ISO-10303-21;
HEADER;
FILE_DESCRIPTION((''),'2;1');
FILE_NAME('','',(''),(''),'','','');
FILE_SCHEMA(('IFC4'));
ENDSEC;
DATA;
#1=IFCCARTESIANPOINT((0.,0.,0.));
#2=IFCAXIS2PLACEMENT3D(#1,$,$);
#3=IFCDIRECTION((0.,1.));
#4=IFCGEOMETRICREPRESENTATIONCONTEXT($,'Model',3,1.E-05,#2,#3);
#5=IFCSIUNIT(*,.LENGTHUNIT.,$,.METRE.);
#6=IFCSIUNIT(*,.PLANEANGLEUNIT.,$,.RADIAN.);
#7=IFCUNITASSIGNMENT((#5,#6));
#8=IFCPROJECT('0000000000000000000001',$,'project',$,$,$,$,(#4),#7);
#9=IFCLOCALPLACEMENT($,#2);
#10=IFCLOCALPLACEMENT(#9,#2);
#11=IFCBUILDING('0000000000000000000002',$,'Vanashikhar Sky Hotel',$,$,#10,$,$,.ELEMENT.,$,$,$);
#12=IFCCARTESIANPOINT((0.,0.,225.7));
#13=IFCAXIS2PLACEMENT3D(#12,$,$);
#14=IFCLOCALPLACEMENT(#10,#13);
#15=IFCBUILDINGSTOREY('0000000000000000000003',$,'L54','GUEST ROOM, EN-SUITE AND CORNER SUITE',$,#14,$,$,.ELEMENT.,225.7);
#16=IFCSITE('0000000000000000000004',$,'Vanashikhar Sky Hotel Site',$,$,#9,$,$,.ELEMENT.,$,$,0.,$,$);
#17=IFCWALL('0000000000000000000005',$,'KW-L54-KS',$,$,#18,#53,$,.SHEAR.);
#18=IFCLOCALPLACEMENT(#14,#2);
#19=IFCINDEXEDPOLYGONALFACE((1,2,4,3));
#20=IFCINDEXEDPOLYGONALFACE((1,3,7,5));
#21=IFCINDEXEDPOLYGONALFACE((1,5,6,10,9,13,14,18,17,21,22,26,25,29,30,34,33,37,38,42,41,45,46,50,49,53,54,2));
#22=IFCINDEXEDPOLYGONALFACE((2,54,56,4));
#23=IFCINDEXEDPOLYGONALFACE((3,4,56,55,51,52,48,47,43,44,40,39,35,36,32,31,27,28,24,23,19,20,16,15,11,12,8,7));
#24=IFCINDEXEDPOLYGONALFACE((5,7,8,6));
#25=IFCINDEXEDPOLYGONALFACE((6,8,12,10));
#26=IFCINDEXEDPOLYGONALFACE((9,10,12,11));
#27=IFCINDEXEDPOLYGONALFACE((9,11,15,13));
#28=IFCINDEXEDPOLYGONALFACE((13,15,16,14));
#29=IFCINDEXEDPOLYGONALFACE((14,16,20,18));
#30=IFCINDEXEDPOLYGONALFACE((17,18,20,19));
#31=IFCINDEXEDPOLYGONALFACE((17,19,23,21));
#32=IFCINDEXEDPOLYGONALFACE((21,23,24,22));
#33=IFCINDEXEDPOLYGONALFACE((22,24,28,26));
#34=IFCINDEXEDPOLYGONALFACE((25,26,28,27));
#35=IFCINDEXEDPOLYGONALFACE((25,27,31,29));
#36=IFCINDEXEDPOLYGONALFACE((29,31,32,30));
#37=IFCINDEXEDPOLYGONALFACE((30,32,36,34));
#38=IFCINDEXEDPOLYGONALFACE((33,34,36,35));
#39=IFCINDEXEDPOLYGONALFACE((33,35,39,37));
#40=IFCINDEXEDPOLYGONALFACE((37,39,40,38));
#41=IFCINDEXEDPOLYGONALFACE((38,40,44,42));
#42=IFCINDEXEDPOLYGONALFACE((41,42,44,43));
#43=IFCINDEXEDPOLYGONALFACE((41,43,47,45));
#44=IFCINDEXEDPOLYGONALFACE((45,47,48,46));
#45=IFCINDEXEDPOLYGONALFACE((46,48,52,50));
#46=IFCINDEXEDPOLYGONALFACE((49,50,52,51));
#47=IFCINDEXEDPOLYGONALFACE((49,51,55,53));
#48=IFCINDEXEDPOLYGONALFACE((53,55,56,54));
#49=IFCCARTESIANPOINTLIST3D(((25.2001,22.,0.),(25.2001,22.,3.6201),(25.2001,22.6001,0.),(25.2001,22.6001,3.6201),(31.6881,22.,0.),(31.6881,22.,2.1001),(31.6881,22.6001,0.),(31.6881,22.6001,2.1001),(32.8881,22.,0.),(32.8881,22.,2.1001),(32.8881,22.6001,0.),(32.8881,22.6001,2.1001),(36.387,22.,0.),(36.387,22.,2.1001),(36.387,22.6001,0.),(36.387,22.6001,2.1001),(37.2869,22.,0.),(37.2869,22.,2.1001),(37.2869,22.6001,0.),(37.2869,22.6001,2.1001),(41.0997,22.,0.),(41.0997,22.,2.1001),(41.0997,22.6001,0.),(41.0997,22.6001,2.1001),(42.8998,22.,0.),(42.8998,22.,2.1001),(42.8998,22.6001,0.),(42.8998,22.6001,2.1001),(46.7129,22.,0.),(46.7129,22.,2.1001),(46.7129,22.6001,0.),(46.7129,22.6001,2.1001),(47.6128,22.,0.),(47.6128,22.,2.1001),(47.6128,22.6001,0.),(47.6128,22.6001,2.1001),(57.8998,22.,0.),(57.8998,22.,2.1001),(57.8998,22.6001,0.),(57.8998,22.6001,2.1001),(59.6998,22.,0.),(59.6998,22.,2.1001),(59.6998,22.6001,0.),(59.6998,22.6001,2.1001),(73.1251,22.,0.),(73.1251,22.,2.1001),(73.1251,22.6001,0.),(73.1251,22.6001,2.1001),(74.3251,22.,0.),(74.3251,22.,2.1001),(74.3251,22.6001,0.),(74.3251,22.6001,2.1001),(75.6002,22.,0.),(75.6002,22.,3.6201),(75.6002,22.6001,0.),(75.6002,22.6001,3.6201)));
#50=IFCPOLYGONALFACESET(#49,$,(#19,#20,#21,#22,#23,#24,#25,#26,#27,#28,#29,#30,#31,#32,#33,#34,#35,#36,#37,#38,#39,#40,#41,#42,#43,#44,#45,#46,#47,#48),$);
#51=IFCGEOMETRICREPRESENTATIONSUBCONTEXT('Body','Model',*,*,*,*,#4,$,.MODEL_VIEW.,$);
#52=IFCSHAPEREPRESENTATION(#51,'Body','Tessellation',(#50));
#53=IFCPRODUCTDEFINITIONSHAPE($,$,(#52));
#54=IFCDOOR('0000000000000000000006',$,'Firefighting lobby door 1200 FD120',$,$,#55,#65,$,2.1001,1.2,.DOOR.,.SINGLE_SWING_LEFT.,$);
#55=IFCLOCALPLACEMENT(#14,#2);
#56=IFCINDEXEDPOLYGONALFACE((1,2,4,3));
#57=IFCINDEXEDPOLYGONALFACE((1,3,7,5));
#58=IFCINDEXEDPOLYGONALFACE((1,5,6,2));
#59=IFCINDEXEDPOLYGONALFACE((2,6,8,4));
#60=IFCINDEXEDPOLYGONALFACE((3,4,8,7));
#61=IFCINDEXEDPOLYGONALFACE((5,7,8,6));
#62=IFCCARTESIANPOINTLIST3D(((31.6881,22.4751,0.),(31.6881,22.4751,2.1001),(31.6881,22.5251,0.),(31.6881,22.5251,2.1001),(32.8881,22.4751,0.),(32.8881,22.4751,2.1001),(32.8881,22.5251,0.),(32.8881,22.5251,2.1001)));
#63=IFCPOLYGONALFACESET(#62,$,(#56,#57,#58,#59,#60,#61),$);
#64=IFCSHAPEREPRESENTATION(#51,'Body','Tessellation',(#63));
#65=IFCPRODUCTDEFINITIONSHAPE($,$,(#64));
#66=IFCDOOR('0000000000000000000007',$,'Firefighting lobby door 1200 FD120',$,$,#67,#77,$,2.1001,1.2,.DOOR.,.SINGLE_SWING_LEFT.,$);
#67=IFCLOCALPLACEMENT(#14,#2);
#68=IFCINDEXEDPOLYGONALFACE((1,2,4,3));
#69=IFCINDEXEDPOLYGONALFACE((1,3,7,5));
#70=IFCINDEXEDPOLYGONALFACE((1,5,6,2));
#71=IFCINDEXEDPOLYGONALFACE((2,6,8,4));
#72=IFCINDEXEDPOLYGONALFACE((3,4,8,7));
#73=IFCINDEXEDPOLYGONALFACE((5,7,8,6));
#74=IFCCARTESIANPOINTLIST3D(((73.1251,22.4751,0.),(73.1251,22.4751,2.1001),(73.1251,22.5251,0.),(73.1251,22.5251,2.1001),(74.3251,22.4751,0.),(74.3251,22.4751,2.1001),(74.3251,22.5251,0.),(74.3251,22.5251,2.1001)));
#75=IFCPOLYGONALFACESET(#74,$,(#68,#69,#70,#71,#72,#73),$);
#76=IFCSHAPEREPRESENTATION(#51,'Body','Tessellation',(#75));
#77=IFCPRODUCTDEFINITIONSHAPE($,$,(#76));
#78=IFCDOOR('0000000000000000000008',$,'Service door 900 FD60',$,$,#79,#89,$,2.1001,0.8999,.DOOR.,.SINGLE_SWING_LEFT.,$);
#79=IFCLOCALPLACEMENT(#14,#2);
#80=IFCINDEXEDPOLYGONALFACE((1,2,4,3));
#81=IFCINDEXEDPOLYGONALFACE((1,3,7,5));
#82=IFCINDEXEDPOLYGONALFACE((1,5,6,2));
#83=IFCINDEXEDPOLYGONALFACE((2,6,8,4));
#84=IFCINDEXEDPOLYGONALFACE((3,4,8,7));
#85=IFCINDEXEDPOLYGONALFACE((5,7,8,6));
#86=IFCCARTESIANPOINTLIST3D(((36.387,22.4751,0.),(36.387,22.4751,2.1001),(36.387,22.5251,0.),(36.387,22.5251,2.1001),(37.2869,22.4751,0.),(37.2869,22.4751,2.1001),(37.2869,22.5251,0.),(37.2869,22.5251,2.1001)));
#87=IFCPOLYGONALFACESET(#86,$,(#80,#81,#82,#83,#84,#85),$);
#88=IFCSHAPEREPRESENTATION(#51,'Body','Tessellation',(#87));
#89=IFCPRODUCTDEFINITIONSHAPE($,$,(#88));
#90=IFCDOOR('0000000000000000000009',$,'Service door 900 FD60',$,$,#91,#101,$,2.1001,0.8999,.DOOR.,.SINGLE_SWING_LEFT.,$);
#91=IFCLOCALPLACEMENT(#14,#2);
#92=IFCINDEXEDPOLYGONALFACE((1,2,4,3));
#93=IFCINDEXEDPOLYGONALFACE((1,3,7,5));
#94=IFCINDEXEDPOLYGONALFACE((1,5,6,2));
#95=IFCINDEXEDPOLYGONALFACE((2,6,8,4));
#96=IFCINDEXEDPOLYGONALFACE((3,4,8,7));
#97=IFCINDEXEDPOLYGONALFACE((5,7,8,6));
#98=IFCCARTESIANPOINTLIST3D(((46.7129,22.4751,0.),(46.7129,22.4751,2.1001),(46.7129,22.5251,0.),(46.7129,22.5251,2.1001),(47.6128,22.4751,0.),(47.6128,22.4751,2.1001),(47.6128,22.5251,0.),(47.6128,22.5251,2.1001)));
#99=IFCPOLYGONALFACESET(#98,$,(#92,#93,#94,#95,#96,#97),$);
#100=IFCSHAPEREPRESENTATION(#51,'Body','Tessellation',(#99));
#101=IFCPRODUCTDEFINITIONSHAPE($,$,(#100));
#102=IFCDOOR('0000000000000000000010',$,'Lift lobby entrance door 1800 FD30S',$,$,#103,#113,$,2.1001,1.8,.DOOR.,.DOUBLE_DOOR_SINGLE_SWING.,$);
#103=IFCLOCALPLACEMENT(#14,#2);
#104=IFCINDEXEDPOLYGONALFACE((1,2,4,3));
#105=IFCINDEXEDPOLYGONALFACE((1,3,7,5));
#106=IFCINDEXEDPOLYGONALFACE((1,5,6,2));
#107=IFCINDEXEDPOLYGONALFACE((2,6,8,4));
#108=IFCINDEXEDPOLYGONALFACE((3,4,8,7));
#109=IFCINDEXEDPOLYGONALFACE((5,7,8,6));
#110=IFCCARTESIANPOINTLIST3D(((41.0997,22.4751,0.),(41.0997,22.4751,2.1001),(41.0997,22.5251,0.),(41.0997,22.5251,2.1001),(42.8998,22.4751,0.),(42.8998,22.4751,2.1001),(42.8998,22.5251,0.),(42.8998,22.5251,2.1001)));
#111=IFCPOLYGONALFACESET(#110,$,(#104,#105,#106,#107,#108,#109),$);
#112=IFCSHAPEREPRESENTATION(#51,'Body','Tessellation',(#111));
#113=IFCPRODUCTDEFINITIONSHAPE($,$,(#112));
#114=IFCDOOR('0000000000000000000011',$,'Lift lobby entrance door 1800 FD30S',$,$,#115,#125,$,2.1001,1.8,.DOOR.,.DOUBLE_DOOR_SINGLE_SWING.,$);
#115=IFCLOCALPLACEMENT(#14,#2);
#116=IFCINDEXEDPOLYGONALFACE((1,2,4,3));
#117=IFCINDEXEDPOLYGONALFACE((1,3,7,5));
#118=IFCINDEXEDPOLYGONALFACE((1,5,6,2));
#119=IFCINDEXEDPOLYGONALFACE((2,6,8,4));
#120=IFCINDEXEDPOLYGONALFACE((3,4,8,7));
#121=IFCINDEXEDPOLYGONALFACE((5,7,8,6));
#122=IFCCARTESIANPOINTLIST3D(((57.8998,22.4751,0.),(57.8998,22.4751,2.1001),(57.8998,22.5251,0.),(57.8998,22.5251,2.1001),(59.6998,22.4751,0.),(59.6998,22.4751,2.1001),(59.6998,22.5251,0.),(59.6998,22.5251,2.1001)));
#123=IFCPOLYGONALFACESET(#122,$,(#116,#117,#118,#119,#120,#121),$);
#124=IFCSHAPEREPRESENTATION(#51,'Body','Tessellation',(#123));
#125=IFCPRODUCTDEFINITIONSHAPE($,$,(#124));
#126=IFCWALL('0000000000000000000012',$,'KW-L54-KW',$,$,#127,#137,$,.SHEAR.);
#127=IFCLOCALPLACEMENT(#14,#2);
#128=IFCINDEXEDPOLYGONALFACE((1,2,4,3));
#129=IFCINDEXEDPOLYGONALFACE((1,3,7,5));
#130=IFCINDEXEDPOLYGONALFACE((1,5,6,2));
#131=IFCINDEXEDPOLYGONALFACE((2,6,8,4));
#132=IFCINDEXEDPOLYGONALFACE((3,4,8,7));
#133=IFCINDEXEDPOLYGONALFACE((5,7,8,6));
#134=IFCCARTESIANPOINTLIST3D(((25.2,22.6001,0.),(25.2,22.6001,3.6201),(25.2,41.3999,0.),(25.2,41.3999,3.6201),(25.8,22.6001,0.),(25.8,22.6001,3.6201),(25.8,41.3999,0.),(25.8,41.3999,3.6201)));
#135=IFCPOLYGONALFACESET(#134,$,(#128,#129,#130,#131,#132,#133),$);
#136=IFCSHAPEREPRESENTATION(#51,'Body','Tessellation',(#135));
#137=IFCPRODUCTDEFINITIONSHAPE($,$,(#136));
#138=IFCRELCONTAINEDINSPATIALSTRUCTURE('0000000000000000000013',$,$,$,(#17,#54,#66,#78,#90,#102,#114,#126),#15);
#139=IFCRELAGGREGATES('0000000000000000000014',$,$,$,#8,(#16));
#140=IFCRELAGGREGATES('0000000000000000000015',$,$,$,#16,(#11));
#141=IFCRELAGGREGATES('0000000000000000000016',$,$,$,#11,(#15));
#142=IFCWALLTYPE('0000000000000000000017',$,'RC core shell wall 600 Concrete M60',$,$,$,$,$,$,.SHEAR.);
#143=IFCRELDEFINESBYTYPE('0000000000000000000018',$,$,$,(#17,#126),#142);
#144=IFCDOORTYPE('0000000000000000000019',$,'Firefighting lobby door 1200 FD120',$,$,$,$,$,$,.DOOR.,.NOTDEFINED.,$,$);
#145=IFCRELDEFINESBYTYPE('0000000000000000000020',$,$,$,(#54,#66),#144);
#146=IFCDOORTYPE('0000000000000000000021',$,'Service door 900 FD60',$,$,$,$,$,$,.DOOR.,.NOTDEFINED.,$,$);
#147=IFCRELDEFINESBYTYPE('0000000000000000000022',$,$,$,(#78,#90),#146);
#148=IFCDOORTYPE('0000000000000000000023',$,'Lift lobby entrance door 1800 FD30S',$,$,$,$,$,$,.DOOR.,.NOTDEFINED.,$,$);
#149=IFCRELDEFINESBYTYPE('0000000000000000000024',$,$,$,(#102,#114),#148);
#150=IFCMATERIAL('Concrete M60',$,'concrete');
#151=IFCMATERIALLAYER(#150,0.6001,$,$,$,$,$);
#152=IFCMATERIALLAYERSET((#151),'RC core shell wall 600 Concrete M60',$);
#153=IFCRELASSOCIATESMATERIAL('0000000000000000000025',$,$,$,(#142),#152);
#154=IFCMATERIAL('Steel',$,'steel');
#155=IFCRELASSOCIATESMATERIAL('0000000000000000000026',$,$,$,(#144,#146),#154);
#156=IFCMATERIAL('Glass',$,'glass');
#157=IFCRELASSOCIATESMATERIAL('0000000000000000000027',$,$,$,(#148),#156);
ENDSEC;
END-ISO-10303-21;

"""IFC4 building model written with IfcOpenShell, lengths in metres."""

from ifc_helpers import new_model, si_unit, direction, frame, frame_2d, origin, place, context, subcontext, project, spatial, rectangle, extrude, source, transform, mapped, material, layer, layer_set, type_object, element, fill, save


model = new_model("IFC4")

# Units and contexts
model_context = context("Model", 3, precision=1e-05, world=origin(), true_north=direction((0.0, 1.0)))
body_context = subcontext(model_context, "Body", "Model", "MODEL_VIEW")
ifc_project = project(units=[si_unit("LENGTHUNIT", "METRE"), si_unit("PLANEANGLEUNIT", "RADIAN")], contexts=[model_context])

# Site, building, storey
site_placement = place(None, origin())
site = spatial("IfcSite", under=ifc_project, at=site_placement, Name="Vanashikhar Sky Hotel Site", CompositionType="ELEMENT", RefElevation=0.0)
building_placement = place(site_placement, origin())
building = spatial("IfcBuilding", under=site, at=building_placement, Name="Vanashikhar Sky Hotel", CompositionType="ELEMENT")
storey_placement = place(building_placement, frame((0.0, 0.0, 225.7)))
storey = spatial("IfcBuildingStorey", under=building, at=storey_placement, Name="L54", Description="GUEST ROOM, EN-SUITE AND CORNER SUITE", CompositionType="ELEMENT", Elevation=225.7)

# Wall, openings, doors
ifc_material_1 = material(Name="Concrete M60", Category="concrete")
ifc_layer_1 = layer(ifc_material_1, 0.6001)
ifc_layer_set_1 = layer_set([ifc_layer_1], Name="RC core shell wall 600 Concrete M60")
wall_type_1 = type_object("IfcWallType", Name="RC core shell wall 600 Concrete M60", PredefinedType="SHEAR", material=ifc_layer_set_1)
shared_shape_1 = source(origin(), body_context, "Body", "SweptSolid", [
    extrude(rectangle(XDim=50.4001, YDim=0.6001, at=frame_2d((25.2002, 0.0))), origin(), (0.0, 0.0, 1.0), 3.6201),
])
wall_1_placement = place(storey_placement, frame((25.2, 22.3, 0.0), z_axis=(0.0, 0.0, 1.0), x_axis=(1.0, 0.0, 0.0)))
wall_1 = element("IfcWall", 1, at=wall_1_placement, inside=storey, type_object=wall_type_1, Name="KW-L54-KS", PredefinedType="SHEAR", context=body_context, shape_type="MappedRepresentation", body=[
    mapped(shared_shape_1, transform((0.0, 0.0, 0.0), scale=1.0)),
])
shared_shape_2 = source(origin(), body_context, "Body", "SweptSolid", [
    extrude(rectangle(XDim=1.8, YDim=2.1001, at=frame_2d((0.8999, 1.05))), frame((0.0, 0.3101, 0.0), z_axis=(0.0, -1.0, 0.0), x_axis=(1.0, 0.0, 0.0)), (0.0, 0.0, 1.0), 0.6201),
])
opening_1_placement = place(wall_1_placement, frame((15.8999, 0.0, 0.0)))
opening_1 = element("IfcOpeningElement", 2, at=opening_1_placement, cuts=wall_1, PredefinedType="OPENING", context=body_context, shape_type="MappedRepresentation", body=[
    mapped(shared_shape_2, transform((0.0, 0.0, 0.0), scale=1.0)),
])
shared_shape_3 = source(origin(), body_context, "Body", "SweptSolid", [
    extrude(rectangle(XDim=0.8999, YDim=2.1001, at=frame_2d((0.45, 1.05))), frame((0.0, 0.3101, 0.0), z_axis=(0.0, -1.0, 0.0), x_axis=(1.0, 0.0, 0.0)), (0.0, 0.0, 1.0), 0.6201),
])
opening_2_placement = place(wall_1_placement, frame((11.187, 0.0, 0.0)))
opening_2 = element("IfcOpeningElement", 3, at=opening_2_placement, cuts=wall_1, PredefinedType="OPENING", context=body_context, shape_type="MappedRepresentation", body=[
    mapped(shared_shape_3, transform((0.0, 0.0, 0.0), scale=1.0)),
])
opening_3_placement = place(wall_1_placement, frame((21.5129, 0.0, 0.0)))
opening_3 = element("IfcOpeningElement", 4, at=opening_3_placement, cuts=wall_1, PredefinedType="OPENING", context=body_context, shape_type="MappedRepresentation", body=[
    mapped(shared_shape_3, transform((0.0, 0.0, 0.0), scale=1.0)),
])
opening_4_placement = place(wall_1_placement, frame((32.7, 0.0, 0.0)))
opening_4 = element("IfcOpeningElement", 5, at=opening_4_placement, cuts=wall_1, PredefinedType="OPENING", context=body_context, shape_type="MappedRepresentation", body=[
    mapped(shared_shape_2, transform((0.0, 0.0, 0.0), scale=1.0)),
])
shared_shape_4 = source(origin(), body_context, "Body", "SweptSolid", [
    extrude(rectangle(XDim=1.2, YDim=2.1001, at=frame_2d((0.6001, 1.05))), frame((0.0, 0.3101, 0.0), z_axis=(0.0, -1.0, 0.0), x_axis=(1.0, 0.0, 0.0)), (0.0, 0.0, 1.0), 0.6201),
])
opening_5_placement = place(wall_1_placement, frame((6.488, 0.0, 0.0)))
opening_5 = element("IfcOpeningElement", 6, at=opening_5_placement, cuts=wall_1, PredefinedType="OPENING", context=body_context, shape_type="MappedRepresentation", body=[
    mapped(shared_shape_4, transform((0.0, 0.0, 0.0), scale=1.0)),
])
opening_6_placement = place(wall_1_placement, frame((47.925, 0.0, 0.0)))
opening_6 = element("IfcOpeningElement", 7, at=opening_6_placement, cuts=wall_1, PredefinedType="OPENING", context=body_context, shape_type="MappedRepresentation", body=[
    mapped(shared_shape_4, transform((0.0, 0.0, 0.0), scale=1.0)),
])
ifc_material_2 = material(Name="Steel", Category="steel")
door_type_1 = type_object("IfcDoorType", Name="Firefighting lobby door 1200 FD120", OperationType="NOTDEFINED", PredefinedType="DOOR", material=ifc_material_2)
shared_shape_5 = source(origin(), body_context, "Body", "SweptSolid", [
    extrude(rectangle(XDim=1.2, YDim=2.1001, at=frame_2d((0.6001, 1.05))), frame((0.0, 0.2251, 0.0), z_axis=(0.0, -1.0, 0.0), x_axis=(1.0, 0.0, 0.0)), (0.0, 0.0, 1.0), 0.05),
])
door_1_placement = place(opening_5_placement, origin())
door_1 = element("IfcDoor", 8, at=door_1_placement, inside=storey, type_object=door_type_1, Name="Firefighting lobby door 1200 FD120", OperationType="SINGLE_SWING_LEFT", OverallHeight=2.1001, OverallWidth=1.2, PredefinedType="DOOR", context=body_context, shape_type="MappedRepresentation", body=[
    mapped(shared_shape_5, transform((0.0, 0.0, 0.0), scale=1.0)),
])
fill(opening_5, door_1)
door_2_placement = place(opening_6_placement, origin())
door_2 = element("IfcDoor", 9, at=door_2_placement, inside=storey, type_object=door_type_1, Name="Firefighting lobby door 1200 FD120", OperationType="SINGLE_SWING_LEFT", OverallHeight=2.1001, OverallWidth=1.2, PredefinedType="DOOR", context=body_context, shape_type="MappedRepresentation", body=[
    mapped(shared_shape_5, transform((0.0, 0.0, 0.0), scale=1.0)),
])
fill(opening_6, door_2)
door_type_2 = type_object("IfcDoorType", Name="Service door 900 FD60", OperationType="NOTDEFINED", PredefinedType="DOOR", material=ifc_material_2)
shared_shape_6 = source(origin(), body_context, "Body", "SweptSolid", [
    extrude(rectangle(XDim=0.8999, YDim=2.1001, at=frame_2d((0.45, 1.05))), frame((0.0, 0.2251, 0.0), z_axis=(0.0, -1.0, 0.0), x_axis=(1.0, 0.0, 0.0)), (0.0, 0.0, 1.0), 0.05),
])
door_3_placement = place(opening_2_placement, origin())
door_3 = element("IfcDoor", 10, at=door_3_placement, inside=storey, type_object=door_type_2, Name="Service door 900 FD60", OperationType="SINGLE_SWING_LEFT", OverallHeight=2.1001, OverallWidth=0.8999, PredefinedType="DOOR", context=body_context, shape_type="MappedRepresentation", body=[
    mapped(shared_shape_6, transform((0.0, 0.0, 0.0), scale=1.0)),
])
fill(opening_2, door_3)
door_4_placement = place(opening_3_placement, origin())
door_4 = element("IfcDoor", 11, at=door_4_placement, inside=storey, type_object=door_type_2, Name="Service door 900 FD60", OperationType="SINGLE_SWING_LEFT", OverallHeight=2.1001, OverallWidth=0.8999, PredefinedType="DOOR", context=body_context, shape_type="MappedRepresentation", body=[
    mapped(shared_shape_6, transform((0.0, 0.0, 0.0), scale=1.0)),
])
fill(opening_3, door_4)
ifc_material_3 = material(Name="Glass", Category="glass")
door_type_3 = type_object("IfcDoorType", Name="Lift lobby entrance door 1800 FD30S", OperationType="NOTDEFINED", PredefinedType="DOOR", material=ifc_material_3)
shared_shape_7 = source(origin(), body_context, "Body", "SweptSolid", [
    extrude(rectangle(XDim=1.8, YDim=2.1001, at=frame_2d((0.8999, 1.05))), frame((0.0, 0.2251, 0.0), z_axis=(0.0, -1.0, 0.0), x_axis=(1.0, 0.0, 0.0)), (0.0, 0.0, 1.0), 0.05),
])
door_5_placement = place(opening_1_placement, origin())
door_5 = element("IfcDoor", 12, at=door_5_placement, inside=storey, type_object=door_type_3, Name="Lift lobby entrance door 1800 FD30S", OperationType="DOUBLE_DOOR_SINGLE_SWING", OverallHeight=2.1001, OverallWidth=1.8, PredefinedType="DOOR", context=body_context, shape_type="MappedRepresentation", body=[
    mapped(shared_shape_7, transform((0.0, 0.0, 0.0), scale=1.0)),
])
fill(opening_1, door_5)
door_6_placement = place(opening_4_placement, origin())
door_6 = element("IfcDoor", 13, at=door_6_placement, inside=storey, type_object=door_type_3, Name="Lift lobby entrance door 1800 FD30S", OperationType="DOUBLE_DOOR_SINGLE_SWING", OverallHeight=2.1001, OverallWidth=1.8, PredefinedType="DOOR", context=body_context, shape_type="MappedRepresentation", body=[
    mapped(shared_shape_7, transform((0.0, 0.0, 0.0), scale=1.0)),
])
fill(opening_4, door_6)

# Wall
shared_shape_8 = source(origin(), body_context, "Body", "SweptSolid", [
    extrude(rectangle(XDim=18.7998, YDim=0.6001, at=frame_2d((9.3999, 0.0))), origin(), (0.0, 0.0, 1.0), 3.6201),
])
wall_2_placement = place(storey_placement, frame((25.5, 22.6001, 0.0), z_axis=(0.0, 0.0, 1.0), x_axis=(0.0, 1.0, 0.0)))
element("IfcWall", 14, at=wall_2_placement, inside=storey, type_object=wall_type_1, Name="KW-L54-KW", PredefinedType="SHEAR", context=body_context, shape_type="MappedRepresentation", body=[
    mapped(shared_shape_8, transform((0.0, 0.0, 0.0), scale=1.0)),
])

save(model, "model.ifc")
